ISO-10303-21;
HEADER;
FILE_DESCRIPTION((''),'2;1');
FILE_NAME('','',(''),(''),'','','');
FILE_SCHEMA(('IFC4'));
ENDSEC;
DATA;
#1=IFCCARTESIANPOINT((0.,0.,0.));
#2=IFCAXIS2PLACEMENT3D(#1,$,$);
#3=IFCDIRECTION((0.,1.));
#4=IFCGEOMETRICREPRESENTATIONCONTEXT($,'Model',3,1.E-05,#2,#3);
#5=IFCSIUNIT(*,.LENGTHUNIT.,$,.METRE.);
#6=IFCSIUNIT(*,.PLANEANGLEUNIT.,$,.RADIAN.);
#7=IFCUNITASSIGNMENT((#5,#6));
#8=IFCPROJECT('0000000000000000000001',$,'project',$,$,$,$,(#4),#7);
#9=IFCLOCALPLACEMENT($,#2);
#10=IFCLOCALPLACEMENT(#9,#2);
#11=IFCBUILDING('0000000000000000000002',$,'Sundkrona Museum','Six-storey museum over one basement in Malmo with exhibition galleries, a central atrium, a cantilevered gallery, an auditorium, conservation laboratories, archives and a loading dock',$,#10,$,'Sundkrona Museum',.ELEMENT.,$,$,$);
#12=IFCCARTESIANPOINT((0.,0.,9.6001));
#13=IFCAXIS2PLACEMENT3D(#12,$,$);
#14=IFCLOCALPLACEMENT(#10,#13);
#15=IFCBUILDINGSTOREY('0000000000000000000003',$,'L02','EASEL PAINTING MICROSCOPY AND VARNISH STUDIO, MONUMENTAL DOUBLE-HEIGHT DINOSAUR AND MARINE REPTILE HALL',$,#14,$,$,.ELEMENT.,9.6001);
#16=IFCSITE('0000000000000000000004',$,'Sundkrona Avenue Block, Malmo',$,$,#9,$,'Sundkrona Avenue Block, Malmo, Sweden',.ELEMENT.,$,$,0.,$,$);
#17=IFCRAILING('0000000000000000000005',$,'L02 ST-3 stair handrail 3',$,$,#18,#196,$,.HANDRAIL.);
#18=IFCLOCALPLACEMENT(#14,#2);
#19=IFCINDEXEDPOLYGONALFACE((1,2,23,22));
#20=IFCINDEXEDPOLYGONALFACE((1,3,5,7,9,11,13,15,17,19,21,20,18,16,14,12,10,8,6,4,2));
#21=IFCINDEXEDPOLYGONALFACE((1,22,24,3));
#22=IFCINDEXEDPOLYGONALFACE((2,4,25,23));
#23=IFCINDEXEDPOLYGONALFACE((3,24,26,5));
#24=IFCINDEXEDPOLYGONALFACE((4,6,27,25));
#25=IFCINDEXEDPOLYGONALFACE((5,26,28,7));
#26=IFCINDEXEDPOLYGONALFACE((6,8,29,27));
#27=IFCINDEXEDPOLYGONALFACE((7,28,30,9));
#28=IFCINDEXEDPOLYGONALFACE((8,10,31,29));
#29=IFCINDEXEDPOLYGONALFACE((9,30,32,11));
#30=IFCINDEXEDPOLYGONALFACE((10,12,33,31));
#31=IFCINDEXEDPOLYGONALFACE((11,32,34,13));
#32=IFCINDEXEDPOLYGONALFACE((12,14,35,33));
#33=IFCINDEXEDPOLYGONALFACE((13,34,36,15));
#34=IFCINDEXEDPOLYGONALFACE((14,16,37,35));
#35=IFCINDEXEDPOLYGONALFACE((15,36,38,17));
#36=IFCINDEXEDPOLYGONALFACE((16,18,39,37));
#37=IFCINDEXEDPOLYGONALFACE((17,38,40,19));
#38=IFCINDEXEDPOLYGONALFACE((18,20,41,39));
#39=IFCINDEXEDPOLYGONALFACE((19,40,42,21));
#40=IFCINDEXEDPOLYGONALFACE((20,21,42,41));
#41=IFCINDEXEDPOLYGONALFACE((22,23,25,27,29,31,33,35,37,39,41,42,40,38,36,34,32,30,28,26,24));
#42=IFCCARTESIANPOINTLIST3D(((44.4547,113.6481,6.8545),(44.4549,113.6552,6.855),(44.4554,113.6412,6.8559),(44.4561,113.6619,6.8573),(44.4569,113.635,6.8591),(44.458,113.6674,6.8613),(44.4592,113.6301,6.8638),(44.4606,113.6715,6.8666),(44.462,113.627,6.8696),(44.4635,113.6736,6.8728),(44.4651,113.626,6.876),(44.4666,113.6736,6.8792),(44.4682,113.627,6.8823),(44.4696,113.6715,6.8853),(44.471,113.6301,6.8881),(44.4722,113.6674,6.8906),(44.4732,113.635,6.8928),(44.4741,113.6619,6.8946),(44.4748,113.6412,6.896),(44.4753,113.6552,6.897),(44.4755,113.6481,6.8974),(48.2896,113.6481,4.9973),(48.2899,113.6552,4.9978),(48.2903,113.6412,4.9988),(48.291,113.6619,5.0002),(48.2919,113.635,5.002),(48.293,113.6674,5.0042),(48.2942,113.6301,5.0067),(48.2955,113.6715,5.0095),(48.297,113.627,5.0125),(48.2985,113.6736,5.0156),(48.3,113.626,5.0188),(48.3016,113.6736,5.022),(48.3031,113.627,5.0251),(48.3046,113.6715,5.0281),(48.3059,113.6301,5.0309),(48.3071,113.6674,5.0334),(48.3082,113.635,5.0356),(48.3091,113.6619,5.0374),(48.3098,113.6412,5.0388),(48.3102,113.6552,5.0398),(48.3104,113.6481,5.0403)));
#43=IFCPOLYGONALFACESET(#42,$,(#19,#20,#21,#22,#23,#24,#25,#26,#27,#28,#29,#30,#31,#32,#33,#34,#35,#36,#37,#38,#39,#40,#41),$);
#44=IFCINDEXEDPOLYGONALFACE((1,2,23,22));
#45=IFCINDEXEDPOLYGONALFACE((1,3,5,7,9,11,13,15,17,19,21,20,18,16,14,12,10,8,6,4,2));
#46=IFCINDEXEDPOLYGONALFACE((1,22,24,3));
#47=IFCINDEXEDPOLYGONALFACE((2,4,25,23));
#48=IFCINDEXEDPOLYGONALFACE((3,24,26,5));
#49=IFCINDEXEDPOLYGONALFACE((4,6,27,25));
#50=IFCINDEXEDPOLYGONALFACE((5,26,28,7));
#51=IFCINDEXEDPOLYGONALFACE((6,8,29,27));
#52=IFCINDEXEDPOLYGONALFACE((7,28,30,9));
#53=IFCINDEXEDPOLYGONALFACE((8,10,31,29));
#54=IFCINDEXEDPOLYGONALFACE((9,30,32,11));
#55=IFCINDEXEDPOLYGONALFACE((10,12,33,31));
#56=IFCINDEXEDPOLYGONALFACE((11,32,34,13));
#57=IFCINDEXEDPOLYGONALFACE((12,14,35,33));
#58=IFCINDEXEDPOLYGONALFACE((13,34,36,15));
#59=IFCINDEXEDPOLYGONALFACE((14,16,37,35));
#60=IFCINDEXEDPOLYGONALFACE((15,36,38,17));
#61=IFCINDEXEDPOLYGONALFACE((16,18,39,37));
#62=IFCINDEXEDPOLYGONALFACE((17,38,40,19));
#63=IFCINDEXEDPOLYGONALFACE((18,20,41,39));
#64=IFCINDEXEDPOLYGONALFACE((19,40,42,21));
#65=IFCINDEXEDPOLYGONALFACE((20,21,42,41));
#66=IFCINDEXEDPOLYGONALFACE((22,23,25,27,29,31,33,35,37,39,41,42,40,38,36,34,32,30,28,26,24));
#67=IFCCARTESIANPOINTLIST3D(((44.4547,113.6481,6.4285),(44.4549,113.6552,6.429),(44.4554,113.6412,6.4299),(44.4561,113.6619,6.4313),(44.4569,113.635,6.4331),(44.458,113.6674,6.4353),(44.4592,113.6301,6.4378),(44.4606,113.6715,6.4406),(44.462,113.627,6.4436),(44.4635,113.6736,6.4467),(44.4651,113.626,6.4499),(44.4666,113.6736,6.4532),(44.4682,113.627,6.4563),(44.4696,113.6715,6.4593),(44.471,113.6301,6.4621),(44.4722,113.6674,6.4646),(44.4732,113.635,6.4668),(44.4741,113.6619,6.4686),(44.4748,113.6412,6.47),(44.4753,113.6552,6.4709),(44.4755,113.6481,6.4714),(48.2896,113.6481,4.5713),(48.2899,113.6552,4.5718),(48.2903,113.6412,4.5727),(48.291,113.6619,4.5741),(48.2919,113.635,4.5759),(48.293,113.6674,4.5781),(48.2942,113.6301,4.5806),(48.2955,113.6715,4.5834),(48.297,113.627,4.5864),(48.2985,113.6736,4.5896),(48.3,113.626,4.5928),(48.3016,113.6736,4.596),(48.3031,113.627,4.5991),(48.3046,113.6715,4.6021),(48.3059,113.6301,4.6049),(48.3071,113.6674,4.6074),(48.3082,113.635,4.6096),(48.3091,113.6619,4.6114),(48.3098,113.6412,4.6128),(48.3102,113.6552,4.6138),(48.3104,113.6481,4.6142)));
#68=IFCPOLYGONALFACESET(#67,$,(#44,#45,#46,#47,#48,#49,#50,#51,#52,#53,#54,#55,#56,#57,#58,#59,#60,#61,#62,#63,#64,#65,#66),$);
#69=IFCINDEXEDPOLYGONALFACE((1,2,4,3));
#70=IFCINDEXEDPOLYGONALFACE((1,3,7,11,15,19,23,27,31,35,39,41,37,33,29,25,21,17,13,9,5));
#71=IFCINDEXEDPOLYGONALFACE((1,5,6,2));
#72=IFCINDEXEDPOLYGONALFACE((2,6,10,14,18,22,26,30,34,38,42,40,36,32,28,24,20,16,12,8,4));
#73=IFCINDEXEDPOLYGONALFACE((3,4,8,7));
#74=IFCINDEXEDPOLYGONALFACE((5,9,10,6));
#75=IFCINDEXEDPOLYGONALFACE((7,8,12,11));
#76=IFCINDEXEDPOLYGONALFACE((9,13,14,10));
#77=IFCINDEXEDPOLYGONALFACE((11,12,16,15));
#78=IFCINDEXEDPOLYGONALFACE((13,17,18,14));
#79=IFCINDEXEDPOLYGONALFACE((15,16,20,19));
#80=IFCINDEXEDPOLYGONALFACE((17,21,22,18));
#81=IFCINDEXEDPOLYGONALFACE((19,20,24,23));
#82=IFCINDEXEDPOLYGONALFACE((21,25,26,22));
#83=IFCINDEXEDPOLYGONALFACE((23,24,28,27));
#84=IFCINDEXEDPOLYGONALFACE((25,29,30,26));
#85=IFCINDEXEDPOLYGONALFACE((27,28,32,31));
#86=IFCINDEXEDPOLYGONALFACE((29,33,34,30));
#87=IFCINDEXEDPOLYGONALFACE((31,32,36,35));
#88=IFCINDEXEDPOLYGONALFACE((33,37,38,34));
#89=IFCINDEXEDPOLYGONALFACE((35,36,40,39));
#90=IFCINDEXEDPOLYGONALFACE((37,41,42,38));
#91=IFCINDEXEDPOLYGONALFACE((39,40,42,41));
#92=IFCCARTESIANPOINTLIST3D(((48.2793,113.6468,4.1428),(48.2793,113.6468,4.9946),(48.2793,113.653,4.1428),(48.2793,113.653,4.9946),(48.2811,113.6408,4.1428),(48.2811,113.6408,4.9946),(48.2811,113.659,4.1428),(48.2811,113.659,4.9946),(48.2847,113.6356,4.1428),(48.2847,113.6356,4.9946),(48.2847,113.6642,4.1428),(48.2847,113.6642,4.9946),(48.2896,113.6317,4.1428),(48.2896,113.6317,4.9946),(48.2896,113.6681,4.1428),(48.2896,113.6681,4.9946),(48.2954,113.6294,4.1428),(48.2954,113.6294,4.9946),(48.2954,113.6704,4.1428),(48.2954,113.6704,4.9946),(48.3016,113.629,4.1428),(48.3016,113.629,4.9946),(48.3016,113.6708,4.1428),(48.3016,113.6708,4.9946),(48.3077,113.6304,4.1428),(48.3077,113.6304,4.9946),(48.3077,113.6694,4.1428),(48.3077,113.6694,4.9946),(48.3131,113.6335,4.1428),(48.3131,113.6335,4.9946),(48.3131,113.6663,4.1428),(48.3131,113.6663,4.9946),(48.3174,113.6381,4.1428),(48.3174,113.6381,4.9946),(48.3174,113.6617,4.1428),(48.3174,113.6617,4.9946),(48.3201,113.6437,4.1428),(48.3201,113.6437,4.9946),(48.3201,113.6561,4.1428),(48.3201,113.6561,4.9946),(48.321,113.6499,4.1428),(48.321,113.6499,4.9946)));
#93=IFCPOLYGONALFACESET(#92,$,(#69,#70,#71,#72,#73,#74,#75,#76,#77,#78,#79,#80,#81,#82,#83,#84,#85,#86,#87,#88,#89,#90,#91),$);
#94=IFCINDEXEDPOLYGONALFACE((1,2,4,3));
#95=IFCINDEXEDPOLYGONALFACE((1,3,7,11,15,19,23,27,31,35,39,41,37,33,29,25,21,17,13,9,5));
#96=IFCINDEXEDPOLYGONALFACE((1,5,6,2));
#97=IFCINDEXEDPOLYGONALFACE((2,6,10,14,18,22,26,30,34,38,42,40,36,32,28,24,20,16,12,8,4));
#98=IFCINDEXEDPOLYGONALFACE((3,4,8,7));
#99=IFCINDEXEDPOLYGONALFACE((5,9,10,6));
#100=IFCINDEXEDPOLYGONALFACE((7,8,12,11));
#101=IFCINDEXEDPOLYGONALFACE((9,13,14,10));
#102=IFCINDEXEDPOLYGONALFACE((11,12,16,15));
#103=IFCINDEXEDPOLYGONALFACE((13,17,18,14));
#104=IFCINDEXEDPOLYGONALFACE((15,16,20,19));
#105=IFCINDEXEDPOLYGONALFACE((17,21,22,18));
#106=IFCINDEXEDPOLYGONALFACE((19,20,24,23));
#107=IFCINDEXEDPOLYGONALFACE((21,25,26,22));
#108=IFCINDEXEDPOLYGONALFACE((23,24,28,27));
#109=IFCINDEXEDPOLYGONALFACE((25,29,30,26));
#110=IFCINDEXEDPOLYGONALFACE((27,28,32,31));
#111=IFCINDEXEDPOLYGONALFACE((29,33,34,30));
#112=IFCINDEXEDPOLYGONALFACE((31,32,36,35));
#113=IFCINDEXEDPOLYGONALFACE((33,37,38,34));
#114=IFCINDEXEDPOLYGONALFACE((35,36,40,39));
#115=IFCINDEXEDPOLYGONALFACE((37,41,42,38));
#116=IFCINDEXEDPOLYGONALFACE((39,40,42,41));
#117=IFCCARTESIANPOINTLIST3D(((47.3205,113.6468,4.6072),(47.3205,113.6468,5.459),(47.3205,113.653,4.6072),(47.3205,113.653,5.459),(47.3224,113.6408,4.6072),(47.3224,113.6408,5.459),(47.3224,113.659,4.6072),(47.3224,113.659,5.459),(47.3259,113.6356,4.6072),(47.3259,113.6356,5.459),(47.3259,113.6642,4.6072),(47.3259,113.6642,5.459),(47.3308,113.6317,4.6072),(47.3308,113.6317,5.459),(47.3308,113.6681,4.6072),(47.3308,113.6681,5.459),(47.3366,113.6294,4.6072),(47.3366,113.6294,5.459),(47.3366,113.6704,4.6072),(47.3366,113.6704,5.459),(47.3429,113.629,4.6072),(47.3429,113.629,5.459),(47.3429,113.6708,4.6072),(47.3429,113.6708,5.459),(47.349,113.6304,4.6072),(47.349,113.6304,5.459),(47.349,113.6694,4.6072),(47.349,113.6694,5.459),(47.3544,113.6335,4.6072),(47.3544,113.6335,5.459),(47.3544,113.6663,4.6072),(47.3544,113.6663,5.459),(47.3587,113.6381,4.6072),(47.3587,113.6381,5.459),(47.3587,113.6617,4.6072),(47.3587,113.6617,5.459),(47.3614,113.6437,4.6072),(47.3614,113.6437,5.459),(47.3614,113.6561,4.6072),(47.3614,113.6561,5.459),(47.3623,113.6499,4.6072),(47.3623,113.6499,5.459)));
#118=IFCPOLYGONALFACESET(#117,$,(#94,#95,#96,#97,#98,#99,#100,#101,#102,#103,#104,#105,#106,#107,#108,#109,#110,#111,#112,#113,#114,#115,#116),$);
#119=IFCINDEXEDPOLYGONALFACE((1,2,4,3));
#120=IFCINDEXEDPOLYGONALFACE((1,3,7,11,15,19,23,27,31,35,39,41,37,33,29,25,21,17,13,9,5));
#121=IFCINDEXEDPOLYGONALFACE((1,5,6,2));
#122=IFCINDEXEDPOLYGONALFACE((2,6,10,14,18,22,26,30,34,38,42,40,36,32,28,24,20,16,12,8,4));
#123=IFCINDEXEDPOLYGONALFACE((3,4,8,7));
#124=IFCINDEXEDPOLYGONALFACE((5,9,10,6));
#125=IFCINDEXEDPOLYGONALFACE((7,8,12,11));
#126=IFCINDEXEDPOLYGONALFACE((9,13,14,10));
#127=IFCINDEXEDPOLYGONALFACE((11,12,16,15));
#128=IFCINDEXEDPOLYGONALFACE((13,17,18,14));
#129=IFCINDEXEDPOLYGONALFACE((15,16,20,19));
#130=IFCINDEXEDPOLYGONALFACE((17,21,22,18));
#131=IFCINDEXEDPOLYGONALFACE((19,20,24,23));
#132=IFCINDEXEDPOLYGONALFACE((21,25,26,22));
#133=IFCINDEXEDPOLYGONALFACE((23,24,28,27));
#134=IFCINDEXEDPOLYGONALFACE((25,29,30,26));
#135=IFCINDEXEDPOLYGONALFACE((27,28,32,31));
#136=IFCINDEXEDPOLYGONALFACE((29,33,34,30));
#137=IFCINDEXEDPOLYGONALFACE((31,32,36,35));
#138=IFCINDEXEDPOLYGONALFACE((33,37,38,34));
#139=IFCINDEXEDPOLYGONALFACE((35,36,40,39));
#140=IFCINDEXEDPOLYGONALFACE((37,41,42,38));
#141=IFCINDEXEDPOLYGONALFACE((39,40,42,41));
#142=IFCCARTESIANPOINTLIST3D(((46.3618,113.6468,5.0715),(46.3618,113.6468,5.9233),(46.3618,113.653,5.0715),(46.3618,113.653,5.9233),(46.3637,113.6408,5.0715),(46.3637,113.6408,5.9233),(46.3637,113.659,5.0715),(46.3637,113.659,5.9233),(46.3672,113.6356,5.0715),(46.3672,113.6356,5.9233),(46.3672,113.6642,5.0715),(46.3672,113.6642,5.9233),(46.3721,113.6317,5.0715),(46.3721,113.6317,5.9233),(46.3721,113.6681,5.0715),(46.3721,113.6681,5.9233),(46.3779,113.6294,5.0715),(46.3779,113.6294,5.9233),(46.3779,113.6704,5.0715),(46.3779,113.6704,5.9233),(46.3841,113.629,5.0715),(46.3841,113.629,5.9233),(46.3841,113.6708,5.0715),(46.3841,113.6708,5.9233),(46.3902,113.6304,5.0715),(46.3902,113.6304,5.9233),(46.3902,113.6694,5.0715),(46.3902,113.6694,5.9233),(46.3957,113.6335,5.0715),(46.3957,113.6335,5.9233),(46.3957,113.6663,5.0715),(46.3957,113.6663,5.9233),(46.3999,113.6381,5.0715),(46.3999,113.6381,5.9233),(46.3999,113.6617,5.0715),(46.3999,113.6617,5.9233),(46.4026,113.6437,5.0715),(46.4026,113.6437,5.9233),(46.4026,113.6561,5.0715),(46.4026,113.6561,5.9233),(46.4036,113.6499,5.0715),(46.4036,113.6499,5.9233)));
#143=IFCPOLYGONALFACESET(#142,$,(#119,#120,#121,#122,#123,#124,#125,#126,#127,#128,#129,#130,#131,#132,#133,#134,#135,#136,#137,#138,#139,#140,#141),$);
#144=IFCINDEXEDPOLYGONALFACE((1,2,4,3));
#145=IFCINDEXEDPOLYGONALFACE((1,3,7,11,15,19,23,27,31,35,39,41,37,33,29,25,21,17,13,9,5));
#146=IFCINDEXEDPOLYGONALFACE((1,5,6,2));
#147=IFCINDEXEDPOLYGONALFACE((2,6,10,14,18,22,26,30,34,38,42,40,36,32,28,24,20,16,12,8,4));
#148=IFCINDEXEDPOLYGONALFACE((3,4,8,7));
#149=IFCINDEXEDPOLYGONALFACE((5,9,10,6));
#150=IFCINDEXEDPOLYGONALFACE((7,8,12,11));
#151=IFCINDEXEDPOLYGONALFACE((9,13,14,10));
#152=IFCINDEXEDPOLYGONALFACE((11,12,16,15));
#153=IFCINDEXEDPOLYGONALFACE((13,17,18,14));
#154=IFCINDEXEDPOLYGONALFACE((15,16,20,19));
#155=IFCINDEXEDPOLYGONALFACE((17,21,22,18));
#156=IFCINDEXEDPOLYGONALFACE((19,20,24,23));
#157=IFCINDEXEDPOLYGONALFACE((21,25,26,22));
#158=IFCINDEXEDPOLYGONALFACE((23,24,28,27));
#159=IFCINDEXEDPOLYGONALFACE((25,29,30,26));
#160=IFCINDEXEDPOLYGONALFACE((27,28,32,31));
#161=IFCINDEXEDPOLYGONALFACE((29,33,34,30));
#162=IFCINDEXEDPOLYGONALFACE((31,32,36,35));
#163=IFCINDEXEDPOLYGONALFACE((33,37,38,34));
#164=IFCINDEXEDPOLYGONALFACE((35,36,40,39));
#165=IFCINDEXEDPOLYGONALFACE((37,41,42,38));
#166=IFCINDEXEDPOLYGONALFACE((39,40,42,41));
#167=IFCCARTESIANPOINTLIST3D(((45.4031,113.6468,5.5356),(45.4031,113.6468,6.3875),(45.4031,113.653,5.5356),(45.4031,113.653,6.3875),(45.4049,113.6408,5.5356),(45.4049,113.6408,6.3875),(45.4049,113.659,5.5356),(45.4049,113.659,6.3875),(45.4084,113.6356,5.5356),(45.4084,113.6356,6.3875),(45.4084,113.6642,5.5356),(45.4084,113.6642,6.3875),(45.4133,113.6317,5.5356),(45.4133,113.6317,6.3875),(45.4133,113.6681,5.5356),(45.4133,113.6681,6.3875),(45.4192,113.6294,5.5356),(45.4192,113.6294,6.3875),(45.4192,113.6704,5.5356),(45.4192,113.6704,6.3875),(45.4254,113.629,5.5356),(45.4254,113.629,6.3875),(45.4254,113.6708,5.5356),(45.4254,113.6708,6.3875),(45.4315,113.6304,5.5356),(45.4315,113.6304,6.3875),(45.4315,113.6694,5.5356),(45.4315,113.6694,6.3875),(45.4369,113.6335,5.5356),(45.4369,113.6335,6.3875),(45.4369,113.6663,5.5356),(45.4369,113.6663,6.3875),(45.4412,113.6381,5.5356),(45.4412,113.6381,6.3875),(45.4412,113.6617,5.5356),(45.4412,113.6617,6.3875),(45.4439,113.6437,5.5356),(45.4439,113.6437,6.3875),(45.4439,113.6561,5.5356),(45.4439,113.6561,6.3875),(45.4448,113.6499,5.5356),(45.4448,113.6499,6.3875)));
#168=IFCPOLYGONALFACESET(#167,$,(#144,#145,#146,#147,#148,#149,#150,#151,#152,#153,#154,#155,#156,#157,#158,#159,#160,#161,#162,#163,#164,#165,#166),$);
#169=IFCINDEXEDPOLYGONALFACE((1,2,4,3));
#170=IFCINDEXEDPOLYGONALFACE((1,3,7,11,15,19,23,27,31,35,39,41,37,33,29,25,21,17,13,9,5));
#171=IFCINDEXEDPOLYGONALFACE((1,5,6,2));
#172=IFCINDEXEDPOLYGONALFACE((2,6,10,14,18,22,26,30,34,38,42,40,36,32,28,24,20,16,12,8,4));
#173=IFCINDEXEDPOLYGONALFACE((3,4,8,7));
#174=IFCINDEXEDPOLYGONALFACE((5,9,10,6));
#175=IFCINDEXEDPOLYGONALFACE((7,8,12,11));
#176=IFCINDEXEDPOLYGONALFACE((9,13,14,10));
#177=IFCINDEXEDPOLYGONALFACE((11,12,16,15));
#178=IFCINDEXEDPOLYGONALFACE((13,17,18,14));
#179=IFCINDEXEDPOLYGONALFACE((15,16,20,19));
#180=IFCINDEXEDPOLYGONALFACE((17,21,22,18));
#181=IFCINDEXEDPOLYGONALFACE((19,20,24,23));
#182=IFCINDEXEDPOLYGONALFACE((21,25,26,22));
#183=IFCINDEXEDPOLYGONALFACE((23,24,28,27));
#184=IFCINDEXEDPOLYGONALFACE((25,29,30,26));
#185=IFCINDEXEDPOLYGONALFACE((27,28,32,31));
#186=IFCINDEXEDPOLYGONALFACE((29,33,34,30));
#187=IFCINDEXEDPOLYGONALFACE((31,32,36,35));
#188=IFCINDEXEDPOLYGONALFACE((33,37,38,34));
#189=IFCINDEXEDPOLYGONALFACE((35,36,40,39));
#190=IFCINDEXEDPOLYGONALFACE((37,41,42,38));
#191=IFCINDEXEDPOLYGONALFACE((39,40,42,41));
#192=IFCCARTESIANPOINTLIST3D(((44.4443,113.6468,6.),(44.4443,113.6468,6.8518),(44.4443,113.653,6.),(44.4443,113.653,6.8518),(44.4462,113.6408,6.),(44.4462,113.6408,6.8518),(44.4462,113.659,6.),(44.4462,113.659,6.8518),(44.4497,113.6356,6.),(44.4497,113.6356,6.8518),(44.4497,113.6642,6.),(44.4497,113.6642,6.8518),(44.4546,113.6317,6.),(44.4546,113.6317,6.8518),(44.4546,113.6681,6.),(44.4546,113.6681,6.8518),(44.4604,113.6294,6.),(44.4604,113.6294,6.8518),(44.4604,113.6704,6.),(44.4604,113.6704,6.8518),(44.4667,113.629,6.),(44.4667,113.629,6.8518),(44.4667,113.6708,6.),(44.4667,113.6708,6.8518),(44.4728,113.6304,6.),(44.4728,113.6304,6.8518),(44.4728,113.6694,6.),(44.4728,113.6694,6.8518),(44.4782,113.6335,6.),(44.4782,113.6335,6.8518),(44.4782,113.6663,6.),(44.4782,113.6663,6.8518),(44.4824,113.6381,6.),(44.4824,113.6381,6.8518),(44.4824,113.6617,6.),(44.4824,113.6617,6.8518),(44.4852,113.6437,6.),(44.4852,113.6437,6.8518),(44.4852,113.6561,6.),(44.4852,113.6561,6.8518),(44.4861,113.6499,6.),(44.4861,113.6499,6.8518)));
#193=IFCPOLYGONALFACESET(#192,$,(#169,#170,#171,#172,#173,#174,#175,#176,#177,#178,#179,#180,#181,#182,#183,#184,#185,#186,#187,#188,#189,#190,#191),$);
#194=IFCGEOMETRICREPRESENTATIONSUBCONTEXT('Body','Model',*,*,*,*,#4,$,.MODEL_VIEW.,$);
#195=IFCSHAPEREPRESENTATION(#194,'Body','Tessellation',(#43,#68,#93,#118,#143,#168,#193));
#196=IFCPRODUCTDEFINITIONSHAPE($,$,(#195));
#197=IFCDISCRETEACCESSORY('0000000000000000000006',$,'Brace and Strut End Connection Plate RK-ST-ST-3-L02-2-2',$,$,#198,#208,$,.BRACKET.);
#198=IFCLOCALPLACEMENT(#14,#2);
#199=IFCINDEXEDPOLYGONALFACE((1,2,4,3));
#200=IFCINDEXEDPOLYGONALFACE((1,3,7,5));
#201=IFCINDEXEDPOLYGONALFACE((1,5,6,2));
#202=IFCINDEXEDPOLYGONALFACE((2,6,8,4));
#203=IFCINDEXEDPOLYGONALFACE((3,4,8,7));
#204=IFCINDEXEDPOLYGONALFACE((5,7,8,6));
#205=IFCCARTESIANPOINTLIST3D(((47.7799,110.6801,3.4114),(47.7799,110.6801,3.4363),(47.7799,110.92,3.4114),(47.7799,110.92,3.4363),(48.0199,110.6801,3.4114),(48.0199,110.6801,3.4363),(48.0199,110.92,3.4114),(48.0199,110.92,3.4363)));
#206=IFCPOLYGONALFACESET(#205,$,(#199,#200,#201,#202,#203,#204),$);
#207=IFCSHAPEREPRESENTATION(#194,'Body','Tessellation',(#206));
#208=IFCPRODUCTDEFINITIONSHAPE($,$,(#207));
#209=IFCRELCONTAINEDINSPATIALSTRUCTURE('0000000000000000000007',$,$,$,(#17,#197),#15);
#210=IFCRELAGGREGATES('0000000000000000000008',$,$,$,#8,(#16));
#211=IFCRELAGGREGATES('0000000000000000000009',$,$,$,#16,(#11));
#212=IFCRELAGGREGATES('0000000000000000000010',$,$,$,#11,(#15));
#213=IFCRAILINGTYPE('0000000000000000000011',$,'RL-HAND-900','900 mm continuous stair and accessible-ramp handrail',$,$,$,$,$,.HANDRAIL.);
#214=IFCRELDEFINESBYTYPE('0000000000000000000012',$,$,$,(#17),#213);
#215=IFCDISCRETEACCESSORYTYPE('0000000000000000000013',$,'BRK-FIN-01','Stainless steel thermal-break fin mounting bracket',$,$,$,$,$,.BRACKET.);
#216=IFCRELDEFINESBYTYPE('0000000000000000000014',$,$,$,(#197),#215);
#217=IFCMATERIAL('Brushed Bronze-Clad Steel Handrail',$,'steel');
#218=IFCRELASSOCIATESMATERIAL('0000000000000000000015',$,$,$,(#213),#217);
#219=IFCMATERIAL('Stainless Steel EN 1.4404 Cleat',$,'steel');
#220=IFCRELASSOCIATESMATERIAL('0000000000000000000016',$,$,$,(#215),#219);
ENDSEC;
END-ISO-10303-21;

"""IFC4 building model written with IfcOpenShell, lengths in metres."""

from ifc_helpers import new_model, si_unit, direction, frame, origin, origin_2d, place, context, subcontext, project, spatial, rectangle, circle, extrude, material, type_object, element, save


model = new_model("IFC4")

# Units and contexts
model_context = context("Model", 3, precision=1e-05, world=origin(), true_north=direction((0.0, 1.0)))
body_context = subcontext(model_context, "Body", "Model", "MODEL_VIEW")
ifc_project = project(units=[si_unit("LENGTHUNIT", "METRE"), si_unit("PLANEANGLEUNIT", "RADIAN")], contexts=[model_context])

# Site, building, storey
site_placement = place(None, origin())
site = spatial("IfcSite", under=ifc_project, at=site_placement, Name="Sundkrona Avenue Block, Malmo", LongName="Sundkrona Avenue Block, Malmo, Sweden", CompositionType="ELEMENT", RefElevation=0.0)
building_placement = place(site_placement, origin())
building = spatial("IfcBuilding", under=site, at=building_placement, Name="Sundkrona Museum", Description="Six-storey museum over one basement in Malmo with exhibition galleries, a central atrium, a cantilevered gallery, an auditorium, conservation laboratories, archives and a loading dock", LongName="Sundkrona Museum", CompositionType="ELEMENT")
storey_placement = place(building_placement, frame((0.0, 0.0, 9.6001)))
storey = spatial("IfcBuildingStorey", under=building, at=storey_placement, Name="L02", Description="EASEL PAINTING MICROSCOPY AND VARNISH STUDIO, MONUMENTAL DOUBLE-HEIGHT DINOSAUR AND MARINE REPTILE HALL", CompositionType="ELEMENT", Elevation=9.6001)

# Railing
ifc_material_1 = material(Name="Brushed Bronze-Clad Steel Handrail", Category="steel")
railing_type_1 = type_object("IfcRailingType", Name="RL-HAND-900", Description="900 mm continuous stair and accessible-ramp handrail", PredefinedType="HANDRAIL", material=ifc_material_1)
for number, where, name in (
    (1, (48.3, 113.6499, 4.1428), "L02 ST-3 stair handrail 3"),
):
    element("IfcRailing", number, at=place(storey_placement, frame(where)), inside=storey, type_object=railing_type_1, Name=name, PredefinedType="HANDRAIL", context=body_context, shape_type="SweptSolid", body=[
        extrude(circle(Radius=0.0239, at=origin_2d()), frame((0.0, 0.0, 0.876), z_axis=(-0.900016, 0.0, 0.435856), x_axis=(0.0, -1.0, 0.0)), (0.0, 0.0, 1.0), 4.261),
        extrude(circle(Radius=0.0239, at=origin_2d()), frame((0.0, 0.0, 0.45), z_axis=(-0.900016, 0.0, 0.435856), x_axis=(0.0, -1.0, 0.0)), (0.0, 0.0, 1.0), 4.261),
        extrude(circle(Radius=0.021, at=origin_2d()), origin(), (0.0, 0.0, 1.0), 0.8518),
        extrude(circle(Radius=0.021, at=origin_2d()), frame((-0.9587, 0.0, 0.4644)), (0.0, 0.0, 1.0), 0.8518),
        extrude(circle(Radius=0.021, at=origin_2d()), frame((-1.9175, 0.0, 0.9287)), (0.0, 0.0, 1.0), 0.8518),
        extrude(circle(Radius=0.021, at=origin_2d()), frame((-2.8762, 0.0, 1.3928)), (0.0, 0.0, 1.0), 0.8518),
        extrude(circle(Radius=0.021, at=origin_2d()), frame((-3.835, 0.0, 1.8572)), (0.0, 0.0, 1.0), 0.8518),
    ])

# Discrete accessory
ifc_material_2 = material(Name="Stainless Steel EN 1.4404 Cleat", Category="steel")
discrete_accessory_type = type_object("IfcDiscreteAccessoryType", Name="BRK-FIN-01", Description="Stainless steel thermal-break fin mounting bracket", PredefinedType="BRACKET", material=ifc_material_2)
for number, where, z_axis, x_axis, name in (
    (2, (47.8999, 110.8, 3.4114), (0.0, 0.0, 1.0), (1.0, 0.0, 0.0), "Brace and Strut End Connection Plate RK-ST-ST-3-L02-2-2"),
):
    element("IfcDiscreteAccessory", number, at=place(storey_placement, frame(where, z_axis=z_axis, x_axis=x_axis)), inside=storey, type_object=discrete_accessory_type, Name=name, PredefinedType="BRACKET", context=body_context, shape_type="SweptSolid", body=[
        extrude(rectangle(XDim=0.24, YDim=0.24, at=origin_2d()), origin(), (0.0, 0.0, 1.0), 0.0249),
    ])

save(model, "model.ifc")
